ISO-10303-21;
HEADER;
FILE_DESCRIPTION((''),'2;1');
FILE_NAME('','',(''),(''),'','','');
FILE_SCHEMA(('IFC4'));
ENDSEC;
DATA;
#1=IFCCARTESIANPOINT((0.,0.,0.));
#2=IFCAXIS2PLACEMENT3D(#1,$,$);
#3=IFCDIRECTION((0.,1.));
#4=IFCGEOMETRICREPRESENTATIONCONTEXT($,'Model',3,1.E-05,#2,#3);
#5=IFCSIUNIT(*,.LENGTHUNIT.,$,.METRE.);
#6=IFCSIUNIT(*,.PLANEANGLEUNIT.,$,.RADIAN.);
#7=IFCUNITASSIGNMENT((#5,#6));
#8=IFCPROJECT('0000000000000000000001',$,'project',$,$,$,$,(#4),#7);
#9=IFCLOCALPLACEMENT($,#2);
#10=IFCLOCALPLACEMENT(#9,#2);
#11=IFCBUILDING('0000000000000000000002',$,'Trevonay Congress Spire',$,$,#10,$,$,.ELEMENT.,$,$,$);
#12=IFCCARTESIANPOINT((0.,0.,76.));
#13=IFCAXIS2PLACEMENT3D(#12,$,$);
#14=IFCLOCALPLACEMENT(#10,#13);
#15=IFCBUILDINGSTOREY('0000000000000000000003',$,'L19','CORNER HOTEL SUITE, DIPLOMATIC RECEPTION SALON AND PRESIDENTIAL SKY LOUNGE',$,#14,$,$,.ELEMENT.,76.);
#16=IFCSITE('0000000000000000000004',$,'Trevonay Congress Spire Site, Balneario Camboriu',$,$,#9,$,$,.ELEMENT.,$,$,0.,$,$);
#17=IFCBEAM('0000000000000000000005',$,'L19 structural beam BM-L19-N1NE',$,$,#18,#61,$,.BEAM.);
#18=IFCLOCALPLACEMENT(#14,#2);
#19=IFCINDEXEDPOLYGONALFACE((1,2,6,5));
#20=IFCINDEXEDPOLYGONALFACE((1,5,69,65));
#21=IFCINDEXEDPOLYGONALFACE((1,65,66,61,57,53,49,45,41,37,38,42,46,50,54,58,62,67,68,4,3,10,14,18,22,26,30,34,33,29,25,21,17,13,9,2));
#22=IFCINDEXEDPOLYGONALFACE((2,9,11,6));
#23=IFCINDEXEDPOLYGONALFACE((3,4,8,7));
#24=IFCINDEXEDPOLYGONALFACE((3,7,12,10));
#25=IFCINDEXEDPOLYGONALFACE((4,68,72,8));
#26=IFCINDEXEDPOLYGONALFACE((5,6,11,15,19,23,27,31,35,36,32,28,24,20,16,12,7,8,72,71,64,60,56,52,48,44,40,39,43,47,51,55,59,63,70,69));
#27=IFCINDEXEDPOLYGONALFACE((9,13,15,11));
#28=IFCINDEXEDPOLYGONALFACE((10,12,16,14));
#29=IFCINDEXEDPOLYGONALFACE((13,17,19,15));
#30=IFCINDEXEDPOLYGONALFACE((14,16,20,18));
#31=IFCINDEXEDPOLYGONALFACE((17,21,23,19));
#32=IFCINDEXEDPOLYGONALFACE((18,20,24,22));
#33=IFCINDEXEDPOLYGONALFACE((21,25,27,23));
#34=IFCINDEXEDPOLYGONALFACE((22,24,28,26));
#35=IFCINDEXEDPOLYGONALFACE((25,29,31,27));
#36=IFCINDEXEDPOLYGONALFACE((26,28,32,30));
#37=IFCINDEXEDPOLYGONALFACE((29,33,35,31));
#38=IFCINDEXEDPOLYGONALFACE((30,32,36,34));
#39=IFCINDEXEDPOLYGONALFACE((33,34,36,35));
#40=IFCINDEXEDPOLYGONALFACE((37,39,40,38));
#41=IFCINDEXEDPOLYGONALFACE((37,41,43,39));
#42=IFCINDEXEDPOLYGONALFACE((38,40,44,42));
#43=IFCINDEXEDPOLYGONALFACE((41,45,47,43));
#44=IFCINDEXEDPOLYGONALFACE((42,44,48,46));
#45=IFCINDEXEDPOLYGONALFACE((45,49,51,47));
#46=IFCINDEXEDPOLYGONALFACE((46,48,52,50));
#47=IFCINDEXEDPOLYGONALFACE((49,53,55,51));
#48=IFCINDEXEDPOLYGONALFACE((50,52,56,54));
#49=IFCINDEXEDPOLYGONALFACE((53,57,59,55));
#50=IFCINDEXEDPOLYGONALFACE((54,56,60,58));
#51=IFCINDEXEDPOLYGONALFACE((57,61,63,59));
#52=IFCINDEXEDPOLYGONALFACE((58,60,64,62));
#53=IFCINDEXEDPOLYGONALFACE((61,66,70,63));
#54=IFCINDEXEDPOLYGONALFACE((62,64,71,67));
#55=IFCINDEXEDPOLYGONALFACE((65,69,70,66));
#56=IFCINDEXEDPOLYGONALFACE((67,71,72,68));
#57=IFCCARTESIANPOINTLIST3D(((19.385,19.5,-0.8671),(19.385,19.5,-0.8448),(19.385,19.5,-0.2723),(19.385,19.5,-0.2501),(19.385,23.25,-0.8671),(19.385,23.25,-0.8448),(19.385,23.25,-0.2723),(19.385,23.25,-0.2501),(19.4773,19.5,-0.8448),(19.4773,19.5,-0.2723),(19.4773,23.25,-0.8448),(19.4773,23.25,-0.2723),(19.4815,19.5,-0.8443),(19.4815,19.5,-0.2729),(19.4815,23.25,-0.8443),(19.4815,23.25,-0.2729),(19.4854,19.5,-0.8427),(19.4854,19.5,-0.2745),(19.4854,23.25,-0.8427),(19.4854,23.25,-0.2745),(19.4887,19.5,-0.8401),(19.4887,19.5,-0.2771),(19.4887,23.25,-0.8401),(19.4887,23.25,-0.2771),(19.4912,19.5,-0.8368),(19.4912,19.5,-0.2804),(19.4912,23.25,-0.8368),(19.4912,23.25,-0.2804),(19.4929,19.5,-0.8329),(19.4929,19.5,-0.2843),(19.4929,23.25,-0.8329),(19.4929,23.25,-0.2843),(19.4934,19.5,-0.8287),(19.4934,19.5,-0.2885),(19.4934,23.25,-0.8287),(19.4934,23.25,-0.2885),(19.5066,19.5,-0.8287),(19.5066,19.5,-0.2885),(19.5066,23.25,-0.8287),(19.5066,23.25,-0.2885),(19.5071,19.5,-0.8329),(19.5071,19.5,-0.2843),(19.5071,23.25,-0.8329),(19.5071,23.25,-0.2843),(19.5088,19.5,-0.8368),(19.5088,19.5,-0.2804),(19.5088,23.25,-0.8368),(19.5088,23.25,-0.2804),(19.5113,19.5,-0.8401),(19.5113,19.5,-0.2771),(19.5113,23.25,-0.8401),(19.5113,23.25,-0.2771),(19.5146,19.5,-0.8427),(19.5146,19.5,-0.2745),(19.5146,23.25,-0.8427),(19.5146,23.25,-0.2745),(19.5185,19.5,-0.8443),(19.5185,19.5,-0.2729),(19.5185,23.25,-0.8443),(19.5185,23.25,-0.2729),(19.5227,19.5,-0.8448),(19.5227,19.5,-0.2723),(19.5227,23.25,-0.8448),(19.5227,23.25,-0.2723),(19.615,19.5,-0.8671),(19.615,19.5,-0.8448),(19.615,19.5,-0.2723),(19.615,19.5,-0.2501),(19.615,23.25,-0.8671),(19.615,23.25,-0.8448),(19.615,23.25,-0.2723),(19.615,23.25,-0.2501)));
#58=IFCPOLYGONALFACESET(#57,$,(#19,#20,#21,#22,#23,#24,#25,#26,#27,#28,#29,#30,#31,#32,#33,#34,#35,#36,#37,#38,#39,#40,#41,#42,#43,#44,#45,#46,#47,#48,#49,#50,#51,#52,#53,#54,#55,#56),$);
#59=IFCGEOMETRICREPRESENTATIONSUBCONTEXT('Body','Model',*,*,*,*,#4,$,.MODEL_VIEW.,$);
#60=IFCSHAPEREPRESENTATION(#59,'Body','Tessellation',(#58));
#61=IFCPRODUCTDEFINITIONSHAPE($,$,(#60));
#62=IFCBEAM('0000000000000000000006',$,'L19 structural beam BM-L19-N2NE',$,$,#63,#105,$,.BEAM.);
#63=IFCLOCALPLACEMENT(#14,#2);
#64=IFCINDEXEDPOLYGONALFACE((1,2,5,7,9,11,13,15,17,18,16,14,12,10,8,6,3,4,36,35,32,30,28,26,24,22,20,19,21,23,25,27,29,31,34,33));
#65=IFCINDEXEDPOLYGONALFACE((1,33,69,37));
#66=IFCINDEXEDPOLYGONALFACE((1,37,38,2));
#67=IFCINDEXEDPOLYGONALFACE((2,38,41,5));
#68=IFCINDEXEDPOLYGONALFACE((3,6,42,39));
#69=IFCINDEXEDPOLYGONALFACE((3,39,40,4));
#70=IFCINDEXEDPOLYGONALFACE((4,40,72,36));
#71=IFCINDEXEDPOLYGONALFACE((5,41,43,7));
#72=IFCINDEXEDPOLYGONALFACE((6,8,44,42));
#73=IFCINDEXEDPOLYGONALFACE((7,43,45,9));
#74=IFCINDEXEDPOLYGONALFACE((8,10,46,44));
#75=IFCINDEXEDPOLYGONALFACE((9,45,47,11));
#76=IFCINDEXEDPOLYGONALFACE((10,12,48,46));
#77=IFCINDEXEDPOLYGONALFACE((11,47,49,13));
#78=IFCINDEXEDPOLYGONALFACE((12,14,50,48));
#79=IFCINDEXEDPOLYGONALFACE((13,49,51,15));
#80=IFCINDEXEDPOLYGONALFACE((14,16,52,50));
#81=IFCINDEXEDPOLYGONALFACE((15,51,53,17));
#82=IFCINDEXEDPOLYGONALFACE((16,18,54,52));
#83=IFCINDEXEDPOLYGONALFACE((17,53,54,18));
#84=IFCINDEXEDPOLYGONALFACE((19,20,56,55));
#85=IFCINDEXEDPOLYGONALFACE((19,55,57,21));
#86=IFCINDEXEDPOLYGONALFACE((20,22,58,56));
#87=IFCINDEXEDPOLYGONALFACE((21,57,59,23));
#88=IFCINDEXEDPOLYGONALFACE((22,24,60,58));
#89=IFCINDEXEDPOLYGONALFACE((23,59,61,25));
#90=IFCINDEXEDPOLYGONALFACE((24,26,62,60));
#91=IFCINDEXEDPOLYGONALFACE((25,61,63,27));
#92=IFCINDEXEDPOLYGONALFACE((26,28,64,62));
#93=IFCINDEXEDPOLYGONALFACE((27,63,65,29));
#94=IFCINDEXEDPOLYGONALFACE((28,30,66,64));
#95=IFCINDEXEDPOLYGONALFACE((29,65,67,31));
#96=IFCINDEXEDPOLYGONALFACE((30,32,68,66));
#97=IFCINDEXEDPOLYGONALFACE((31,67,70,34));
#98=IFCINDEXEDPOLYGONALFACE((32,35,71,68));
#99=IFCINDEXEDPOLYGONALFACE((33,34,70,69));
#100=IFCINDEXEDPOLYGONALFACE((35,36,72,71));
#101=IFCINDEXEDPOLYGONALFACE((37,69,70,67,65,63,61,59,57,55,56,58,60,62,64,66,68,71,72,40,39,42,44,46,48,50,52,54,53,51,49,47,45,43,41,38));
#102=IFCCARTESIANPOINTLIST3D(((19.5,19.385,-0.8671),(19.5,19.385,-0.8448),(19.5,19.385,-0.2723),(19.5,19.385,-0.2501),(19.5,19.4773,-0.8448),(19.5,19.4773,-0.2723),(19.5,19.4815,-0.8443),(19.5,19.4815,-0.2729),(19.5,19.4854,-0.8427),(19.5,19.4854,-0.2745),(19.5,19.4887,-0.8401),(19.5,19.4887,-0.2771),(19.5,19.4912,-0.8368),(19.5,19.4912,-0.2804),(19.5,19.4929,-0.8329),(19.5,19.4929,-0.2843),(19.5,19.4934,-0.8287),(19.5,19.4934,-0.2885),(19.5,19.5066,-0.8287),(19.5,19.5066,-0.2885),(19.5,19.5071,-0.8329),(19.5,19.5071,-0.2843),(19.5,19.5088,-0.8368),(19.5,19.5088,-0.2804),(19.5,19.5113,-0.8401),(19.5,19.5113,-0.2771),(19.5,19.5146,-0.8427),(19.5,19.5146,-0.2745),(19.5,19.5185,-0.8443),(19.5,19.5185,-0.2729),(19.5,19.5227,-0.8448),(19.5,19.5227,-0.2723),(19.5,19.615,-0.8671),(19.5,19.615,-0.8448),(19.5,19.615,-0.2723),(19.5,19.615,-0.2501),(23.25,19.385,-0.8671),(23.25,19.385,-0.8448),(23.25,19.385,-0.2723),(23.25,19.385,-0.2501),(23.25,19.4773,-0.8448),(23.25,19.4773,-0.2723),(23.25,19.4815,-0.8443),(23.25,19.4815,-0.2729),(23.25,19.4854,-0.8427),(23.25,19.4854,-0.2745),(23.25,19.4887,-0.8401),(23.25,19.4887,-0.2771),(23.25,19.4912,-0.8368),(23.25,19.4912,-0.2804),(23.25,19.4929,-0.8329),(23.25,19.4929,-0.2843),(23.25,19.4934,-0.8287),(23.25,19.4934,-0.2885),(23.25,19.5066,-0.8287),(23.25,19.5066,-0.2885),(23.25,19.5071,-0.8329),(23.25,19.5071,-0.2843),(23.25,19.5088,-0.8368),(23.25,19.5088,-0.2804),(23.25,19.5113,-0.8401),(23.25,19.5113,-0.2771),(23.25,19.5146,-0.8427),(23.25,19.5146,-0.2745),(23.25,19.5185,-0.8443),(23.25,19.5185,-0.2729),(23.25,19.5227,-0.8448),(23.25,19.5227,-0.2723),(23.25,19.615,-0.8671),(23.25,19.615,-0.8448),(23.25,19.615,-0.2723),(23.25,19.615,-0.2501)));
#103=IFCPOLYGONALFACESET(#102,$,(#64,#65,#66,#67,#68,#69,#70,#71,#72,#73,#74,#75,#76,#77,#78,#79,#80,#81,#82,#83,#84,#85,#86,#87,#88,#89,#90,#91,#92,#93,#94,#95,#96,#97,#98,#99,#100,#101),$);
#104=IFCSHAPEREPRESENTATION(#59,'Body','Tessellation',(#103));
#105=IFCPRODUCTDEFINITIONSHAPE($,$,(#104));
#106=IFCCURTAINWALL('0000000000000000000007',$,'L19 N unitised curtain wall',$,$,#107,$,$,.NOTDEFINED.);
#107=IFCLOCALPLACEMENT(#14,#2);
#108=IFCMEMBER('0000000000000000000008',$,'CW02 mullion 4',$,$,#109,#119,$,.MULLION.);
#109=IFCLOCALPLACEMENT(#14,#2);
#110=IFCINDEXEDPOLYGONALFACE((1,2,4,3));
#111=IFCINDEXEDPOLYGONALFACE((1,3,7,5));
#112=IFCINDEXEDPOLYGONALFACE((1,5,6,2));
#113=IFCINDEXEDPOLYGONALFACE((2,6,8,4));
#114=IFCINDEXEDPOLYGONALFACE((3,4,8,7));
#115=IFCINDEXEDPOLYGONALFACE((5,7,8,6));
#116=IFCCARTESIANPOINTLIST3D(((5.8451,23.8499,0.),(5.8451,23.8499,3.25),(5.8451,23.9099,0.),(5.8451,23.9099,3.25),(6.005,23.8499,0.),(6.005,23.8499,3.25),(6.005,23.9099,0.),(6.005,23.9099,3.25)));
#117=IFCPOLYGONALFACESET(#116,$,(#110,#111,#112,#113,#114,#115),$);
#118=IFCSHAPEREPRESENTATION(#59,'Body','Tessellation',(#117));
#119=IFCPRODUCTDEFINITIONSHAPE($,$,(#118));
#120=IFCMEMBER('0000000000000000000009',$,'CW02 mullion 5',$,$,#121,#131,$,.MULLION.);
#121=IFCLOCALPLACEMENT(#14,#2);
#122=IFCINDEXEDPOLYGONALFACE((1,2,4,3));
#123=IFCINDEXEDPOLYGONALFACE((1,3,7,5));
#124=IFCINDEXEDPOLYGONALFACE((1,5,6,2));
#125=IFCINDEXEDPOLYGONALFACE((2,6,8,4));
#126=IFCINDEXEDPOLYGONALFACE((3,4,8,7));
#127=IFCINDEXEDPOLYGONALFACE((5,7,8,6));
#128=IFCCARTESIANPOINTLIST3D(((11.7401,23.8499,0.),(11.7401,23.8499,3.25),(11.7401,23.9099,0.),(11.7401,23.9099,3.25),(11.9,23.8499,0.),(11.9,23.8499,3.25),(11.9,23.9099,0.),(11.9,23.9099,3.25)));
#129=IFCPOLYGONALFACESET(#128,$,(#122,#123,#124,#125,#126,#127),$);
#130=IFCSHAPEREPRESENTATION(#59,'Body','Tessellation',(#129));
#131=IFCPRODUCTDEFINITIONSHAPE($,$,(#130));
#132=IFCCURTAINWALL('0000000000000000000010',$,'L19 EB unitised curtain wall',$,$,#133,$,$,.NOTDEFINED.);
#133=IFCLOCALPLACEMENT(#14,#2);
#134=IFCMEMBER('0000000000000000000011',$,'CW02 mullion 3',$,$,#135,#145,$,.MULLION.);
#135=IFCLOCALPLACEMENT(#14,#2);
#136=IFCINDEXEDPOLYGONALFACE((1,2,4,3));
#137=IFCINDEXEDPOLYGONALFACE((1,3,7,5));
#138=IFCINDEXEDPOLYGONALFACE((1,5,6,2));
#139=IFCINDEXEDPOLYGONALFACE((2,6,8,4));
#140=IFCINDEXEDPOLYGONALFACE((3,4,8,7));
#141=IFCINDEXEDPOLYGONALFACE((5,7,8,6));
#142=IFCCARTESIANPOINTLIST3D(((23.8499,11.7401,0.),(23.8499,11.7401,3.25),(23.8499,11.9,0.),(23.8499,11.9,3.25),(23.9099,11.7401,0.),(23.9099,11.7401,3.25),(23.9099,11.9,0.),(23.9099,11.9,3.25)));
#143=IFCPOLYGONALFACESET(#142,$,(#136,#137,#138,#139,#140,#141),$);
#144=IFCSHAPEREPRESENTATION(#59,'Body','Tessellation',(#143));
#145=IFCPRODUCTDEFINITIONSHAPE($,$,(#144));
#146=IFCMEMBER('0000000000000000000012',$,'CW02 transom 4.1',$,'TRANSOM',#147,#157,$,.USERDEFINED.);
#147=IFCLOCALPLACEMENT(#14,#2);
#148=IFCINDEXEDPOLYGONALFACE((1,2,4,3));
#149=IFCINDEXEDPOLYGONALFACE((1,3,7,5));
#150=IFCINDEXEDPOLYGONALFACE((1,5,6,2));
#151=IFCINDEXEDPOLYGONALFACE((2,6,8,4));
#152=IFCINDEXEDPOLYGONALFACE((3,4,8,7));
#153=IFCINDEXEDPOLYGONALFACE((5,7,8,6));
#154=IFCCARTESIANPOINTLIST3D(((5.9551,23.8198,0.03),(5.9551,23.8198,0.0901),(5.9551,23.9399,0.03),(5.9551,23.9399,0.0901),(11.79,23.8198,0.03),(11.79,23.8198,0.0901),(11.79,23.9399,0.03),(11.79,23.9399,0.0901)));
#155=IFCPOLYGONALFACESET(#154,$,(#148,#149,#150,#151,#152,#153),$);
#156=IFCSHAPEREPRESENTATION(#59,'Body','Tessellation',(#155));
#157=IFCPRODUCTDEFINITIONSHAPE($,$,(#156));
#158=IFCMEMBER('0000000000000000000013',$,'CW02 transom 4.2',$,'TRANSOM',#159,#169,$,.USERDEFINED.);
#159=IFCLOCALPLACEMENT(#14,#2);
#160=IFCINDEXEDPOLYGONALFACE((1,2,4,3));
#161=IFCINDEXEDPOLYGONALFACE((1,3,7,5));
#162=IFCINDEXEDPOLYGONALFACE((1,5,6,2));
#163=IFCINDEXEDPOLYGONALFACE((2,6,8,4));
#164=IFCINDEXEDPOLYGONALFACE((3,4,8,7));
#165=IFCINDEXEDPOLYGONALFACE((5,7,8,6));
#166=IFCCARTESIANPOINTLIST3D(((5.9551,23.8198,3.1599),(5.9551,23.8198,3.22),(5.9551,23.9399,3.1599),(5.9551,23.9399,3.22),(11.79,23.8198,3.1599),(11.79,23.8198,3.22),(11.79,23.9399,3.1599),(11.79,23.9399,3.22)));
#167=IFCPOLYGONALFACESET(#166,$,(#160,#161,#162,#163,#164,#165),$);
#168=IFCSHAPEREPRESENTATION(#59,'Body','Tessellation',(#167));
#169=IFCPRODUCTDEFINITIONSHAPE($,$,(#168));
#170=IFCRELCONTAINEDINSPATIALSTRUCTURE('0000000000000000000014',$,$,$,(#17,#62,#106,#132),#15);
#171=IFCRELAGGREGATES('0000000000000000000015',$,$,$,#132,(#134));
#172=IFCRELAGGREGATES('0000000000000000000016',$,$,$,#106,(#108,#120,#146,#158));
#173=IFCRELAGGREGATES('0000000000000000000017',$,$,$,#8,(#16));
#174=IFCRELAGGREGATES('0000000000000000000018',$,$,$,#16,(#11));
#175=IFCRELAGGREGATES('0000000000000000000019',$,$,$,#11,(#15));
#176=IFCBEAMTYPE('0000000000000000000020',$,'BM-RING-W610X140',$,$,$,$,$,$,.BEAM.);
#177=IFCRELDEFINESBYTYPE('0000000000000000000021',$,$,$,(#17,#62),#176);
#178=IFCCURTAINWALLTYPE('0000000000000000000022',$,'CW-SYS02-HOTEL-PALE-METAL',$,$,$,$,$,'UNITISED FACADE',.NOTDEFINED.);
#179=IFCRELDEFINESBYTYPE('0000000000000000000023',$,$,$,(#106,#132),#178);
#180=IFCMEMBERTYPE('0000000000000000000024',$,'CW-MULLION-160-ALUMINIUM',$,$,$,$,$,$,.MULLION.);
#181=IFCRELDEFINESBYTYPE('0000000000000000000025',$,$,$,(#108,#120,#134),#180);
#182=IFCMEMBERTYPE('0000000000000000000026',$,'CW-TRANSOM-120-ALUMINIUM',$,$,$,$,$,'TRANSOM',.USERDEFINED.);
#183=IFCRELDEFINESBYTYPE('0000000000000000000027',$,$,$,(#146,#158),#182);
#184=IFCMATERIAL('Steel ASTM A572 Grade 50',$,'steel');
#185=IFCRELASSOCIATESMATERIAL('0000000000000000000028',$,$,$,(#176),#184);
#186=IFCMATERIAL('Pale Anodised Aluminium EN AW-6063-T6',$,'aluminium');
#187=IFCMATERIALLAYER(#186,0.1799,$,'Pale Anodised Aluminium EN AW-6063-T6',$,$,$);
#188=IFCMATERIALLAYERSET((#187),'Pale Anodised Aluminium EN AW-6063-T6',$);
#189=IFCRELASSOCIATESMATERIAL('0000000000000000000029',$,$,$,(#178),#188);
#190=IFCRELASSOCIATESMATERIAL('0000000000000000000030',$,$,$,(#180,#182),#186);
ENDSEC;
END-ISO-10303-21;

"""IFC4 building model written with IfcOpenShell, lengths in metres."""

from ifc_helpers import new_model, si_unit, direction, frame, origin, origin_2d, place, context, subcontext, project, spatial, rectangle, i_section, extrude, material, layer, layer_set, material_profile, profile_set, type_object, element, aggregate, save


model = new_model("IFC4")

# Units and contexts
model_context = context("Model", 3, precision=1e-05, world=origin(), true_north=direction((0.0, 1.0)))
body_context = subcontext(model_context, "Body", "Model", "MODEL_VIEW")
ifc_project = project(units=[si_unit("LENGTHUNIT", "METRE"), si_unit("PLANEANGLEUNIT", "RADIAN")], contexts=[model_context])

# Site, building, storey
site_placement = place(None, origin())
site = spatial("IfcSite", under=ifc_project, at=site_placement, Name="Trevonay Congress Spire Site, Balneario Camboriu", CompositionType="ELEMENT", RefElevation=0.0)
building_placement = place(site_placement, origin())
building = spatial("IfcBuilding", under=site, at=building_placement, Name="Trevonay Congress Spire", CompositionType="ELEMENT")
storey_placement = place(building_placement, frame((0.0, 0.0, 76.0)))
storey = spatial("IfcBuildingStorey", under=building, at=storey_placement, Name="L19", Description="CORNER HOTEL SUITE, DIPLOMATIC RECEPTION SALON AND PRESIDENTIAL SKY LOUNGE", CompositionType="ELEMENT", Elevation=76.0)

# Shared definitions
ifc_material_1 = material(Name="Steel ASTM A572 Grade 50", Category="steel")

# Beams
ifc_material_profile_1 = material_profile(ifc_material_1, i_section(OverallWidth=0.23, OverallDepth=0.6169, WebThickness=0.0132, FlangeThickness=0.0222, FilletRadius=0.0161, at=origin_2d()), Name="W610x140")
ifc_profile_set_1 = profile_set([ifc_material_profile_1], Name="Steel ASTM A572 Grade 50")
beam_type = type_object("IfcBeamType", Name="BM-RING-W610X140", PredefinedType="BEAM", material=ifc_profile_set_1)
for number, where, z_axis, x_axis, name in (
    (1, (19.5, 23.25, -0.5586), (0.0, -1.0, 0.0), (1.0, 0.0, 0.0), "L19 structural beam BM-L19-N1NE"),
    (2, (23.25, 19.5, -0.5586), (-1.0, 0.0, 0.0), (0.0, -1.0, 0.0), "L19 structural beam BM-L19-N2NE"),
):
    element("IfcBeam", number, at=place(storey_placement, frame(where, z_axis=z_axis, x_axis=x_axis)), inside=storey, type_object=beam_type, Name=name, PredefinedType="BEAM", context=body_context, shape_type="SweptSolid", body=[
        extrude(i_section(OverallWidth=0.23, OverallDepth=0.6169, WebThickness=0.0132, FlangeThickness=0.0222, FilletRadius=0.0161, at=origin_2d()), origin(), (0.0, 0.0, 1.0), 3.75),
    ])

# Curtain wall, members
ifc_material_2 = material(Name="Pale Anodised Aluminium EN AW-6063-T6", Category="aluminium")
ifc_layer_1 = layer(ifc_material_2, 0.1799, Name="Pale Anodised Aluminium EN AW-6063-T6")
ifc_layer_set_1 = layer_set([ifc_layer_1], Name="Pale Anodised Aluminium EN AW-6063-T6")
curtain_wall_type = type_object("IfcCurtainWallType", Name="CW-SYS02-HOTEL-PALE-METAL", ElementType="UNITISED FACADE", PredefinedType="NOTDEFINED", material=ifc_layer_set_1)
curtain_wall_1_placement = place(storey_placement, origin())
curtain_wall_1 = element("IfcCurtainWall", 3, at=curtain_wall_1_placement, inside=storey, type_object=curtain_wall_type, Name="L19 N unitised curtain wall", PredefinedType="NOTDEFINED")
ifc_material_profile_2 = material_profile(ifc_material_2, rectangle(XDim=0.0601, YDim=0.1599, at=origin_2d()), Name="CW-MULLION-160-ALUMINIUM")
ifc_profile_set_2 = profile_set([ifc_material_profile_2], Name="Pale Anodised Aluminium EN AW-6063-T6")
member_type_1 = type_object("IfcMemberType", Name="CW-MULLION-160-ALUMINIUM", PredefinedType="MULLION", material=ifc_profile_set_2)
member_1_placement = place(storey_placement, frame((5.925, 23.8799, 0.0), z_axis=(0.0, 0.0, 1.0), x_axis=(0.0, 1.0, 0.0)))
member_1 = element("IfcMember", 4, at=member_1_placement, type_object=member_type_1, Name="CW02 mullion 4", PredefinedType="MULLION", context=body_context, shape_type="SweptSolid", body=[
    extrude(rectangle(XDim=0.0601, YDim=0.1599, at=origin_2d()), origin(), (0.0, 0.0, 1.0), 3.25),
])
member_2_placement = place(storey_placement, frame((11.8201, 23.8799, 0.0), z_axis=(0.0, 0.0, 1.0), x_axis=(0.0, 1.0, 0.0)))
member_2 = element("IfcMember", 5, at=member_2_placement, type_object=member_type_1, Name="CW02 mullion 5", PredefinedType="MULLION", context=body_context, shape_type="SweptSolid", body=[
    extrude(rectangle(XDim=0.0601, YDim=0.1599, at=origin_2d()), origin(), (0.0, 0.0, 1.0), 3.25),
])

# Curtain wall, member
curtain_wall_2_placement = place(storey_placement, origin())
curtain_wall_2 = element("IfcCurtainWall", 6, at=curtain_wall_2_placement, inside=storey, type_object=curtain_wall_type, Name="L19 EB unitised curtain wall", PredefinedType="NOTDEFINED")
member_3_placement = place(storey_placement, frame((23.8799, 11.8201, 0.0), z_axis=(0.0, 0.0, 1.0), x_axis=(-1.0, 0.0, 0.0)))
member_3 = element("IfcMember", 7, at=member_3_placement, type_object=member_type_1, Name="CW02 mullion 3", PredefinedType="MULLION", context=body_context, shape_type="SweptSolid", body=[
    extrude(rectangle(XDim=0.0601, YDim=0.1599, at=origin_2d()), origin(), (0.0, 0.0, 1.0), 3.25),
])
aggregate(curtain_wall_2, [member_3])

# Members
ifc_material_profile_3 = material_profile(ifc_material_2, rectangle(XDim=0.1201, YDim=0.0601, at=origin_2d()), Name="CW-TRANSOM-120-ALUMINIUM")
ifc_profile_set_3 = profile_set([ifc_material_profile_3], Name="Pale Anodised Aluminium EN AW-6063-T6")
member_type_2 = type_object("IfcMemberType", Name="CW-TRANSOM-120-ALUMINIUM", ElementType="TRANSOM", PredefinedType="USERDEFINED", material=ifc_profile_set_3)
member_4_placement = place(storey_placement, frame((5.9551, 23.8799, 0.0601), z_axis=(1.0, 0.0, 0.0), x_axis=(0.0, 1.0, 0.0)))
member_4 = element("IfcMember", 8, at=member_4_placement, type_object=member_type_2, Name="CW02 transom 4.1", ObjectType="TRANSOM", PredefinedType="USERDEFINED", context=body_context, shape_type="SweptSolid", body=[
    extrude(rectangle(XDim=0.1201, YDim=0.0601, at=origin_2d()), origin(), (0.0, 0.0, 1.0), 5.835),
])
member_5_placement = place(storey_placement, frame((5.9551, 23.8799, 3.1899), z_axis=(1.0, 0.0, 0.0), x_axis=(0.0, 1.0, 0.0)))
member_5 = element("IfcMember", 9, at=member_5_placement, type_object=member_type_2, Name="CW02 transom 4.2", ObjectType="TRANSOM", PredefinedType="USERDEFINED", context=body_context, shape_type="SweptSolid", body=[
    extrude(rectangle(XDim=0.1201, YDim=0.0601, at=origin_2d()), origin(), (0.0, 0.0, 1.0), 5.835),
])

aggregate(curtain_wall_1, [member_1, member_2, member_4, member_5])

save(model, "model.ifc")
